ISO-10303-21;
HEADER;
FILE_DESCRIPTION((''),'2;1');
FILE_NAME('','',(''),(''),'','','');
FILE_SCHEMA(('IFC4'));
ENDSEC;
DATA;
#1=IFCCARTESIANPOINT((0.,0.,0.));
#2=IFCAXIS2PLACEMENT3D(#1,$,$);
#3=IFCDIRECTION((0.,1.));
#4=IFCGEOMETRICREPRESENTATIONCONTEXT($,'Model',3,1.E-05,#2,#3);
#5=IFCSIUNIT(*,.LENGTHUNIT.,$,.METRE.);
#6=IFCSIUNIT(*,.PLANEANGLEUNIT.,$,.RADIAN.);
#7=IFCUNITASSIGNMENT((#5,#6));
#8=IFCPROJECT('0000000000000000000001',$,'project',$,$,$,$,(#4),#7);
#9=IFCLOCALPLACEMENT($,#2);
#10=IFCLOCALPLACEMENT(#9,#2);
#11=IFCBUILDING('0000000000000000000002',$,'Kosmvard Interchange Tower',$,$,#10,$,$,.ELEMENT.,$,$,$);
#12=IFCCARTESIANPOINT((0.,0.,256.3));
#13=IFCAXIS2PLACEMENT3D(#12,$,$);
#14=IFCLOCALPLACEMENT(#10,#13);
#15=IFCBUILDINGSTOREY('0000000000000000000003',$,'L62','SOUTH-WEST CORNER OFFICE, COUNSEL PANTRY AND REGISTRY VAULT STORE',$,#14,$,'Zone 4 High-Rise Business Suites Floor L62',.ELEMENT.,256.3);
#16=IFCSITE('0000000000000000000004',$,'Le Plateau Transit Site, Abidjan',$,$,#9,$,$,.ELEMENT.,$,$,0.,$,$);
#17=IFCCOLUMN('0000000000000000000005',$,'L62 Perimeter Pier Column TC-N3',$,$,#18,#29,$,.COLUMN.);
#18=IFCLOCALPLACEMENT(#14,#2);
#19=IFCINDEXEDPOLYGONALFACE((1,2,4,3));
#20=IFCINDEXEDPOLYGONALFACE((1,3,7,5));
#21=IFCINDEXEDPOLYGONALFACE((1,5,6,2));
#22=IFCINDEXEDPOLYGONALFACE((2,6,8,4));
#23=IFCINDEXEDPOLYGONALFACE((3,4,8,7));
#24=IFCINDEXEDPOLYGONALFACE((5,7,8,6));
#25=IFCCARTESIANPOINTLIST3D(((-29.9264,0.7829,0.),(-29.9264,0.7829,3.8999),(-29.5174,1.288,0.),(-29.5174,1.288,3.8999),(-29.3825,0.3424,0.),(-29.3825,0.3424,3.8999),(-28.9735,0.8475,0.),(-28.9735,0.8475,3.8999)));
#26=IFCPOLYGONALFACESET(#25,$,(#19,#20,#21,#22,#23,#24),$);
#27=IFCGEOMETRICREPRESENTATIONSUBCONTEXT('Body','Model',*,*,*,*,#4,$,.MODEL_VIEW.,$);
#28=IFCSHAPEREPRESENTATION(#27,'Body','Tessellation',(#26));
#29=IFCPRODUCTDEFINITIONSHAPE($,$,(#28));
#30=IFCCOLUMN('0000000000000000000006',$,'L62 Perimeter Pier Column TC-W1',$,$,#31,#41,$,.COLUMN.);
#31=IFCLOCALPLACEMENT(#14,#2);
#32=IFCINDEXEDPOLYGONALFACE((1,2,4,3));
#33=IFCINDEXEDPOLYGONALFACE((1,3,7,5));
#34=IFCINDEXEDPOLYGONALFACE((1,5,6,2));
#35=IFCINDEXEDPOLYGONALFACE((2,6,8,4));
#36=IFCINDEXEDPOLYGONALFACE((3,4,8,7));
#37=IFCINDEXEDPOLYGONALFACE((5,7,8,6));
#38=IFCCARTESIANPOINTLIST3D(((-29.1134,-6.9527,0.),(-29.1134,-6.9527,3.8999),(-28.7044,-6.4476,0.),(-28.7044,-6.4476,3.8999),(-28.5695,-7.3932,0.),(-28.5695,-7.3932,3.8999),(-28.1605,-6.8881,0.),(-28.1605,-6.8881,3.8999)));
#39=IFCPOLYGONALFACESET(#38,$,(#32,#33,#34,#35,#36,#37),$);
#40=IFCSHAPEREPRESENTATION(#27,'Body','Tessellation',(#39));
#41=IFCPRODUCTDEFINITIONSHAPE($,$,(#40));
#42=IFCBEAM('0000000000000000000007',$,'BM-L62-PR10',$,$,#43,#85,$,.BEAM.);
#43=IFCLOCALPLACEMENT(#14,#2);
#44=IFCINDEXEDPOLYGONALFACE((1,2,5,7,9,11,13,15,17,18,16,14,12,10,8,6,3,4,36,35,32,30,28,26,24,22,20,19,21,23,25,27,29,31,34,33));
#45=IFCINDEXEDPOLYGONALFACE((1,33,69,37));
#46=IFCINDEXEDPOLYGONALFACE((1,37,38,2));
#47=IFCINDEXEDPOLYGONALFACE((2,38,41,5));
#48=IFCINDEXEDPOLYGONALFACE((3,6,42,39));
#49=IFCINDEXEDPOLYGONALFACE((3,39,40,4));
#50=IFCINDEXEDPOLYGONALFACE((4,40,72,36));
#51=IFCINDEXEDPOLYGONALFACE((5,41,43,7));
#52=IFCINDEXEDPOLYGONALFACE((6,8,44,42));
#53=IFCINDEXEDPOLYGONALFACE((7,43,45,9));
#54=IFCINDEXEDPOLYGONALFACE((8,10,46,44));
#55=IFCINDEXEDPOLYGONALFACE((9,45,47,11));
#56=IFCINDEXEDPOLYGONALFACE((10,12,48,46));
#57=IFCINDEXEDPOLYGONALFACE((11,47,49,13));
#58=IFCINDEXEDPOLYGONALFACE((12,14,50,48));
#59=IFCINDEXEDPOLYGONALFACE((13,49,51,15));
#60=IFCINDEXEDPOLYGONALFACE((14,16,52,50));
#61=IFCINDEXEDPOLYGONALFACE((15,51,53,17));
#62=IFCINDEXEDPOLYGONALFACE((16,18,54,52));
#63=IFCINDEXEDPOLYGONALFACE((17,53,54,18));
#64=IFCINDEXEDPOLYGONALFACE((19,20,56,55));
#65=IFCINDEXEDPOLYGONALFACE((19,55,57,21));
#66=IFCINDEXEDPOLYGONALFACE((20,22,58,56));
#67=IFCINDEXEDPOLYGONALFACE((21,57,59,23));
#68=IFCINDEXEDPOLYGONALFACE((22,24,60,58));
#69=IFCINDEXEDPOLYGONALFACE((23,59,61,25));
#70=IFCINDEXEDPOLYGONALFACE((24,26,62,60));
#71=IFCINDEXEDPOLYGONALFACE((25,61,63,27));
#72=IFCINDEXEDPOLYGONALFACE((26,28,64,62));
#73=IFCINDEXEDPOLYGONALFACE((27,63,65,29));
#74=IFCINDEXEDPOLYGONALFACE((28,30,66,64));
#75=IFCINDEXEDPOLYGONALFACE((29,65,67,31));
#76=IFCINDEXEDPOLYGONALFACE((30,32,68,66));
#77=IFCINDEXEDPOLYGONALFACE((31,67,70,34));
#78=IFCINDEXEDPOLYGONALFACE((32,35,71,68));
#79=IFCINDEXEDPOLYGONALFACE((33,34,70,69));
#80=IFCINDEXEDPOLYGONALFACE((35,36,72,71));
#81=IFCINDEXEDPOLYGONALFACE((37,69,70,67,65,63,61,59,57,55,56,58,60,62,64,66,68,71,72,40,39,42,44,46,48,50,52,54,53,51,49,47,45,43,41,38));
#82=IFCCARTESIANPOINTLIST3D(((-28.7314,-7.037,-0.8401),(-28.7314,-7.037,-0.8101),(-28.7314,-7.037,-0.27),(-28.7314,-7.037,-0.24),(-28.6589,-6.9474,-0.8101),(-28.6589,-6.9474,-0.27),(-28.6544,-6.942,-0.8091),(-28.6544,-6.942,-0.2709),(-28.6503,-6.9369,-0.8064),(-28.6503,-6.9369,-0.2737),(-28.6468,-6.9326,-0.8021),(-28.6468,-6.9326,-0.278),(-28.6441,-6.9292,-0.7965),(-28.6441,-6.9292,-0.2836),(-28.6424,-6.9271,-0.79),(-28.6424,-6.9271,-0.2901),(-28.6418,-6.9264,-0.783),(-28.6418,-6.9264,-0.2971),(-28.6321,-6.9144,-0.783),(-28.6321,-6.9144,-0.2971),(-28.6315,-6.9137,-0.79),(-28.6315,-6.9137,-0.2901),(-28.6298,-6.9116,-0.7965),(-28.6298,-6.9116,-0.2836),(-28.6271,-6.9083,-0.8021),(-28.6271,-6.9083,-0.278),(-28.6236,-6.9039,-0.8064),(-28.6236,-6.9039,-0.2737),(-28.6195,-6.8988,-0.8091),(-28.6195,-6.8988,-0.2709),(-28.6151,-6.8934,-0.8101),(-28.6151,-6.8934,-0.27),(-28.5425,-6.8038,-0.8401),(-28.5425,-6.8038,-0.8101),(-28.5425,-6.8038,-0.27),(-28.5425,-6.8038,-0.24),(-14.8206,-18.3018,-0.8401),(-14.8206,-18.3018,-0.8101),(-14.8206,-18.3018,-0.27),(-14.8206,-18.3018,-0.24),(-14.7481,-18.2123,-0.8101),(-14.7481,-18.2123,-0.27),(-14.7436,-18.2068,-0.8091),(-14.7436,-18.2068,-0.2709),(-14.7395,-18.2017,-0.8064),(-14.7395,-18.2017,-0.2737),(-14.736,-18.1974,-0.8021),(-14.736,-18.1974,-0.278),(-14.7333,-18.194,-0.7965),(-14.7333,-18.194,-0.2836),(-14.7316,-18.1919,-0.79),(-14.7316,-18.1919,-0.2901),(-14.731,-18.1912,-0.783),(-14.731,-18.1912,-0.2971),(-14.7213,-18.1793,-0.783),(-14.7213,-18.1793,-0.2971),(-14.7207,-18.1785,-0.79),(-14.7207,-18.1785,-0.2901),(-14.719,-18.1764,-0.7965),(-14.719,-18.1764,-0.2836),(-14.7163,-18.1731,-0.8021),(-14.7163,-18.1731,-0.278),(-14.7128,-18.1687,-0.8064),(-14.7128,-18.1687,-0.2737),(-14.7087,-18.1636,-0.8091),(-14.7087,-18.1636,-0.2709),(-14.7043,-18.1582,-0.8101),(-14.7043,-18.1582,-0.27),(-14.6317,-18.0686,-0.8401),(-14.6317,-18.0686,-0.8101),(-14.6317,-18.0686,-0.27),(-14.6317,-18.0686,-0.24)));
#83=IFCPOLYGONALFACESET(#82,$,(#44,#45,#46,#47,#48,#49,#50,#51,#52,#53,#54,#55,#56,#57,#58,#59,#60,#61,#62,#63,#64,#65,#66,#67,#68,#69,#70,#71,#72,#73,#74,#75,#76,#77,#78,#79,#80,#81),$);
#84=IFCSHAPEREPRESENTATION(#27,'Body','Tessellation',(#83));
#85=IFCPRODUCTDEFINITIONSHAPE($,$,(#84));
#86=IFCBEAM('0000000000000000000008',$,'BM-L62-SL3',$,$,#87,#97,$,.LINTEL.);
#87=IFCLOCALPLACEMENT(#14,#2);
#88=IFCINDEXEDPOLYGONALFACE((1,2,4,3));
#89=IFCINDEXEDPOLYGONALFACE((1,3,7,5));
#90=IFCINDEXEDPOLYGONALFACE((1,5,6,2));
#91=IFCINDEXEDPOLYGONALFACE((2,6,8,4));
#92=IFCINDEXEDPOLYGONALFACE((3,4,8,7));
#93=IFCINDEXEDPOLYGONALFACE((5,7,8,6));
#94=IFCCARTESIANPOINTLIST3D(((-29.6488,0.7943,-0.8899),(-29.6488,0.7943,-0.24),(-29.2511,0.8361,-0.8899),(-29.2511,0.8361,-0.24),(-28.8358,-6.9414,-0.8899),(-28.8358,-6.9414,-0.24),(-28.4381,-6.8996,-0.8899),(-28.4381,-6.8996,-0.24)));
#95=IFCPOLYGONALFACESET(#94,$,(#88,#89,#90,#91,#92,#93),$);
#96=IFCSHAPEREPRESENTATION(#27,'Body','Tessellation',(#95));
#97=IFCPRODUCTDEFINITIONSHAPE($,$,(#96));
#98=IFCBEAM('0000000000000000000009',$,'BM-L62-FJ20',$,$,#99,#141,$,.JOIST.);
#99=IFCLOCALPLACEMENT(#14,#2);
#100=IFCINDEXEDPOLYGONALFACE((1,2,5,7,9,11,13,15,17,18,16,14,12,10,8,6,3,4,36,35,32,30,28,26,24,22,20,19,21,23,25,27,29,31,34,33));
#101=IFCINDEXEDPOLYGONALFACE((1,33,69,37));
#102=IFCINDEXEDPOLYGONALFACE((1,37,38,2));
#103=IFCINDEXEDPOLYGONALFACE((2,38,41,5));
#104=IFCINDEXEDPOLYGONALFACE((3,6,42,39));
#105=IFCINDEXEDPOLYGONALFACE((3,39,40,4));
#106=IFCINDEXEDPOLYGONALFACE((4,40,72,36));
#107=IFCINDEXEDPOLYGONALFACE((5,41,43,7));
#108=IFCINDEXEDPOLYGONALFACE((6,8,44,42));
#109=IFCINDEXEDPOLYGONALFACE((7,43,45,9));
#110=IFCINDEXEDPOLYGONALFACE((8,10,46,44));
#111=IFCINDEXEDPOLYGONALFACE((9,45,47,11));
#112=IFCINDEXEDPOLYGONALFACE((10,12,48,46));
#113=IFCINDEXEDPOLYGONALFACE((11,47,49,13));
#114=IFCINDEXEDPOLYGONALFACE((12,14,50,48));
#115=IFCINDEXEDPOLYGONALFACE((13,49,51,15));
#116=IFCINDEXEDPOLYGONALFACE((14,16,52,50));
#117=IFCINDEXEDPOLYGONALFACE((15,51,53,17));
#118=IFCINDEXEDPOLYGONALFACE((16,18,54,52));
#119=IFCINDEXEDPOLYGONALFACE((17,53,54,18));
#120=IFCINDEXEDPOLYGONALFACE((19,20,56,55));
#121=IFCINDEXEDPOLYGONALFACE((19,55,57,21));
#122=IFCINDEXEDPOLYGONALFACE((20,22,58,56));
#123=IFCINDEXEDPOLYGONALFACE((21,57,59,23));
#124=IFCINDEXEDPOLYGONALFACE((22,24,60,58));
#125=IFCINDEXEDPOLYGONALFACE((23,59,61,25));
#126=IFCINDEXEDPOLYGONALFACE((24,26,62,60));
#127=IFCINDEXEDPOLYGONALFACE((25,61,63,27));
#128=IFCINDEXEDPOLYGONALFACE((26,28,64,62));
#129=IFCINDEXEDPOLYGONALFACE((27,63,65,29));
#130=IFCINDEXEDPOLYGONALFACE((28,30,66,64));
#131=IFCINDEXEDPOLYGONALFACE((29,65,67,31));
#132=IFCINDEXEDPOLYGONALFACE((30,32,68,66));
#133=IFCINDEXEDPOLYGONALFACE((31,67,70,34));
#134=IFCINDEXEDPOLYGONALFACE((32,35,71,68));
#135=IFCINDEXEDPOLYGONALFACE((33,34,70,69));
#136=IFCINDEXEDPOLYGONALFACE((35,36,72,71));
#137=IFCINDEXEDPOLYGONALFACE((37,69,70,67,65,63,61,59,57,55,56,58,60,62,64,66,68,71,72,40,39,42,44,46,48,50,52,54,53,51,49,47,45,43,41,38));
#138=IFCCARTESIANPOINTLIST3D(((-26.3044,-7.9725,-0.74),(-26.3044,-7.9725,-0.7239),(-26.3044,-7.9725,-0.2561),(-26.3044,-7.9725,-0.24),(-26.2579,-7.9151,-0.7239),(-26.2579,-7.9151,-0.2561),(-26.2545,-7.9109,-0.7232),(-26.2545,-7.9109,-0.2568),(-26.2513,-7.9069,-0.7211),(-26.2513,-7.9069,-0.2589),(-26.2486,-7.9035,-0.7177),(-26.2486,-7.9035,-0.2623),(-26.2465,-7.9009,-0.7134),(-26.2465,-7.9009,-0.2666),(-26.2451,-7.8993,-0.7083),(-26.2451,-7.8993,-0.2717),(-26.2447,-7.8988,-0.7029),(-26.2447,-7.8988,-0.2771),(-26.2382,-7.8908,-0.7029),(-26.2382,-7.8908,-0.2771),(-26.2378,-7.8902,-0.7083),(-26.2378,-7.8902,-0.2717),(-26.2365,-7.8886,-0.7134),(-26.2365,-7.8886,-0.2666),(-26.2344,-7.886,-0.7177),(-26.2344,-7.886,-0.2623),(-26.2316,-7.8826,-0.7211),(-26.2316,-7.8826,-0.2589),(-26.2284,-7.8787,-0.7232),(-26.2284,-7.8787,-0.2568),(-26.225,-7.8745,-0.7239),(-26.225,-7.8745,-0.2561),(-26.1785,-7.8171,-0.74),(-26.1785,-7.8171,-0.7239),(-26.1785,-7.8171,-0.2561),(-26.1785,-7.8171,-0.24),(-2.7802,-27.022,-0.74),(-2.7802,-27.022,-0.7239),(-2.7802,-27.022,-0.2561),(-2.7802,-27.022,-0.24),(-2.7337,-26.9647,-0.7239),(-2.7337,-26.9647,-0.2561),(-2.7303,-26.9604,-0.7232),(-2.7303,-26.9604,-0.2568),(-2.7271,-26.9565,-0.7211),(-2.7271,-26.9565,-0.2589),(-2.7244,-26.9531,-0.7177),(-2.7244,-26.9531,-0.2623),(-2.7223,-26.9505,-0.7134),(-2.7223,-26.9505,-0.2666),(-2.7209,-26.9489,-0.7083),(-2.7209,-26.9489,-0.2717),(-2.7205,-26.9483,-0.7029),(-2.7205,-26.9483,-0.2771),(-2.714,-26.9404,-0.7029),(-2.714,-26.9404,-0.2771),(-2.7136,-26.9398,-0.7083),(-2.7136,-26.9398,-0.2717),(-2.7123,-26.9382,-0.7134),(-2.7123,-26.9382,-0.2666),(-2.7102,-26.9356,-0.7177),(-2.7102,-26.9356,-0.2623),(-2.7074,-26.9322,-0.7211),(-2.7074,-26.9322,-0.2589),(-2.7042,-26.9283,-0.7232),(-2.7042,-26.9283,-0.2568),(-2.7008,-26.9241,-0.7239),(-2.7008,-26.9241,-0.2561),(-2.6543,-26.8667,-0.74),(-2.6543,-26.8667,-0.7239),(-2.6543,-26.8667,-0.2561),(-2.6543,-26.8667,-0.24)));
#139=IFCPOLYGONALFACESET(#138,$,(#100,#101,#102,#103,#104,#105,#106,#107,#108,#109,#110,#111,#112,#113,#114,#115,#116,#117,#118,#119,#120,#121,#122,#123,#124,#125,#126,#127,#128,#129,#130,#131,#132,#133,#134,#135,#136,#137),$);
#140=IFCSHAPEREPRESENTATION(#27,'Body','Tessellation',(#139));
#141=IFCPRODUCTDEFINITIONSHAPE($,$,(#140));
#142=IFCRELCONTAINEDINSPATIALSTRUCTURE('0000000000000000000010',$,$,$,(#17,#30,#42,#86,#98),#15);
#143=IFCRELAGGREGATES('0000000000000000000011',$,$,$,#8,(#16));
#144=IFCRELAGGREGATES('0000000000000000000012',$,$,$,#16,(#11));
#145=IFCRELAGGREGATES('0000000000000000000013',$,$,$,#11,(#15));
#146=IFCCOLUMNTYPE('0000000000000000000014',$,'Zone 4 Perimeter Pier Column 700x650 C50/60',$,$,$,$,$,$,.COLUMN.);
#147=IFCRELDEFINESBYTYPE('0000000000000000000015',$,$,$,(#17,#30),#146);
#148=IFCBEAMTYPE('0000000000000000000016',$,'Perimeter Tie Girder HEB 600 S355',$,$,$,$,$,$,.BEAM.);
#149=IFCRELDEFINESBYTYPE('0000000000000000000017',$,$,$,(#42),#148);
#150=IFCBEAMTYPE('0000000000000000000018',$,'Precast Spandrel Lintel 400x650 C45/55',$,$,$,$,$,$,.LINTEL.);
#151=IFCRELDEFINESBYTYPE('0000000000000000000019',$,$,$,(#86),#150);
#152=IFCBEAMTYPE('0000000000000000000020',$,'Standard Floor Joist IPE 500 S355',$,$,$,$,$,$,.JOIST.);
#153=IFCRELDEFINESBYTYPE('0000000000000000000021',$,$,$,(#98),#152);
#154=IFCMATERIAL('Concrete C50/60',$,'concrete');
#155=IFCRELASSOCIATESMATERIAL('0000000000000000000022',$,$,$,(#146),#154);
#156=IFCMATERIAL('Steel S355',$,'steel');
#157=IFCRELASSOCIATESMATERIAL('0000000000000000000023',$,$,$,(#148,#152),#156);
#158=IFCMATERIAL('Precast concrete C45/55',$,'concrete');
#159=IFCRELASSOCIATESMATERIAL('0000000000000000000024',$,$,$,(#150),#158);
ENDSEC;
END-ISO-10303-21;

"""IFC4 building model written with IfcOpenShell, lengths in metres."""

from ifc_helpers import new_model, si_unit, direction, frame, origin, origin_2d, place, context, subcontext, project, spatial, rectangle, i_section, extrude, source, transform, mapped, material, material_profile, profile_set, type_object, element, save


model = new_model("IFC4")

# Units and contexts
model_context = context("Model", 3, precision=1e-05, world=origin(), true_north=direction((0.0, 1.0)))
body_context = subcontext(model_context, "Body", "Model", "MODEL_VIEW")
ifc_project = project(units=[si_unit("LENGTHUNIT", "METRE"), si_unit("PLANEANGLEUNIT", "RADIAN")], contexts=[model_context])

# Site, building, storey
site_placement = place(None, origin())
site = spatial("IfcSite", under=ifc_project, at=site_placement, Name="Le Plateau Transit Site, Abidjan", CompositionType="ELEMENT", RefElevation=0.0)
building_placement = place(site_placement, origin())
building = spatial("IfcBuilding", under=site, at=building_placement, Name="Kosmvard Interchange Tower", CompositionType="ELEMENT")
storey_placement = place(building_placement, frame((0.0, 0.0, 256.3)))
storey = spatial("IfcBuildingStorey", under=building, at=storey_placement, Name="L62", Description="SOUTH-WEST CORNER OFFICE, COUNSEL PANTRY AND REGISTRY VAULT STORE", LongName="Zone 4 High-Rise Business Suites Floor L62", CompositionType="ELEMENT", Elevation=256.3)

# Columns
ifc_material_1 = material(Name="Concrete C50/60", Category="concrete")
ifc_material_profile_1 = material_profile(ifc_material_1, rectangle(XDim=0.6499, YDim=0.7, at=origin_2d()), Name="TC 700x650")
ifc_profile_set_1 = profile_set([ifc_material_profile_1], Name="Concrete C50/60")
column_type = type_object("IfcColumnType", Name="Zone 4 Perimeter Pier Column 700x650 C50/60", PredefinedType="COLUMN", material=ifc_profile_set_1)
shared_shape_1 = source(origin(), body_context, "Body", "SweptSolid", [
    extrude(rectangle(XDim=0.6499, YDim=0.7, at=origin_2d()), origin(), (0.0, 0.0, 1.0), 3.8999),
])
for number, where, z_axis, x_axis, name in (
    (1, (-29.45, 0.8152, 0.0), (0.0, 0.0, 1.0), (0.62932, 0.777146, 0.0), "L62 Perimeter Pier Column TC-N3"),
    (2, (-28.637, -6.9204, 0.0), (0.0, 0.0, 1.0), (0.62932, 0.777146, 0.0), "L62 Perimeter Pier Column TC-W1"),
):
    element("IfcColumn", number, at=place(storey_placement, frame(where, z_axis=z_axis, x_axis=x_axis)), inside=storey, type_object=column_type, Name=name, PredefinedType="COLUMN", context=body_context, shape_type="MappedRepresentation", body=[
        mapped(shared_shape_1, transform((0.0, 0.0, 0.0), scale=1.0)),
    ])

# Beams
ifc_material_2 = material(Name="Steel S355", Category="steel")
ifc_material_profile_2 = material_profile(ifc_material_2, i_section(OverallWidth=0.3, OverallDepth=0.6001, WebThickness=0.0154, FlangeThickness=0.03, FilletRadius=0.0271, at=origin_2d()), Name="HEB 600")
ifc_profile_set_2 = profile_set([ifc_material_profile_2], Name="Steel S355")
beam_type_1 = type_object("IfcBeamType", Name="Perimeter Tie Girder HEB 600 S355", PredefinedType="BEAM", material=ifc_profile_set_2)
shared_shape_2 = source(origin(), body_context, "Body", "SweptSolid", [
    extrude(i_section(OverallWidth=0.3, OverallDepth=0.6001, WebThickness=0.0154, FlangeThickness=0.03, FilletRadius=0.0271, at=origin_2d()), origin(), (0.0, 0.0, 1.0), 17.8999),
])
beam_1_placement = place(storey_placement, frame((-28.637, -6.9204, -0.54), z_axis=(0.777144, -0.629323, 0.0), x_axis=(0.629323, 0.777144, 0.0)))
element("IfcBeam", 3, at=beam_1_placement, inside=storey, type_object=beam_type_1, Name="BM-L62-PR10", PredefinedType="BEAM", context=body_context, shape_type="MappedRepresentation", body=[
    mapped(shared_shape_2, transform((0.0, 0.0, 0.0), scale=1.0)),
])
ifc_material_3 = material(Name="Precast concrete C45/55", Category="concrete")
ifc_material_profile_3 = material_profile(ifc_material_3, rectangle(XDim=0.3999, YDim=0.6499, at=origin_2d()), Name="SL 400x650")
ifc_profile_set_3 = profile_set([ifc_material_profile_3], Name="Precast concrete C45/55")
beam_type_2 = type_object("IfcBeamType", Name="Precast Spandrel Lintel 400x650 C45/55", PredefinedType="LINTEL", material=ifc_profile_set_3)
shared_shape_3 = source(origin(), body_context, "Body", "SweptSolid", [
    extrude(rectangle(XDim=0.3999, YDim=0.6499, at=origin_2d()), origin(), (0.0, 0.0, 1.0), 7.7783),
])
beam_2_placement = place(storey_placement, frame((-29.45, 0.8152, -0.5649), z_axis=(0.104521, -0.994523, 0.0), x_axis=(0.994523, 0.104521, 0.0)))
element("IfcBeam", 4, at=beam_2_placement, inside=storey, type_object=beam_type_2, Name="BM-L62-SL3", PredefinedType="LINTEL", context=body_context, shape_type="MappedRepresentation", body=[
    mapped(shared_shape_3, transform((0.0, 0.0, 0.0), scale=1.0)),
])
ifc_material_profile_4 = material_profile(ifc_material_2, i_section(OverallWidth=0.2, OverallDepth=0.5, WebThickness=0.0103, FlangeThickness=0.0161, FilletRadius=0.021, at=origin_2d()), Name="IPE 500")
ifc_profile_set_4 = profile_set([ifc_material_profile_4], Name="Steel S355")
beam_type_3 = type_object("IfcBeamType", Name="Standard Floor Joist IPE 500 S355", PredefinedType="JOIST", material=ifc_profile_set_4)
shared_shape_4 = source(origin(), body_context, "Body", "SweptSolid", [
    extrude(i_section(OverallWidth=0.2, OverallDepth=0.5, WebThickness=0.0103, FlangeThickness=0.0161, FilletRadius=0.021, at=origin_2d()), origin(), (0.0, 0.0, 1.0), 30.27),
])
beam_3_placement = place(storey_placement, frame((-26.2415, -7.8948, -0.49), z_axis=(0.777145, -0.629322, 0.0), x_axis=(0.629322, 0.777145, 0.0)))
element("IfcBeam", 5, at=beam_3_placement, inside=storey, type_object=beam_type_3, Name="BM-L62-FJ20", PredefinedType="JOIST", context=body_context, shape_type="MappedRepresentation", body=[
    mapped(shared_shape_4, transform((0.0, 0.0, 0.0), scale=1.0)),
])

save(model, "model.ifc")
